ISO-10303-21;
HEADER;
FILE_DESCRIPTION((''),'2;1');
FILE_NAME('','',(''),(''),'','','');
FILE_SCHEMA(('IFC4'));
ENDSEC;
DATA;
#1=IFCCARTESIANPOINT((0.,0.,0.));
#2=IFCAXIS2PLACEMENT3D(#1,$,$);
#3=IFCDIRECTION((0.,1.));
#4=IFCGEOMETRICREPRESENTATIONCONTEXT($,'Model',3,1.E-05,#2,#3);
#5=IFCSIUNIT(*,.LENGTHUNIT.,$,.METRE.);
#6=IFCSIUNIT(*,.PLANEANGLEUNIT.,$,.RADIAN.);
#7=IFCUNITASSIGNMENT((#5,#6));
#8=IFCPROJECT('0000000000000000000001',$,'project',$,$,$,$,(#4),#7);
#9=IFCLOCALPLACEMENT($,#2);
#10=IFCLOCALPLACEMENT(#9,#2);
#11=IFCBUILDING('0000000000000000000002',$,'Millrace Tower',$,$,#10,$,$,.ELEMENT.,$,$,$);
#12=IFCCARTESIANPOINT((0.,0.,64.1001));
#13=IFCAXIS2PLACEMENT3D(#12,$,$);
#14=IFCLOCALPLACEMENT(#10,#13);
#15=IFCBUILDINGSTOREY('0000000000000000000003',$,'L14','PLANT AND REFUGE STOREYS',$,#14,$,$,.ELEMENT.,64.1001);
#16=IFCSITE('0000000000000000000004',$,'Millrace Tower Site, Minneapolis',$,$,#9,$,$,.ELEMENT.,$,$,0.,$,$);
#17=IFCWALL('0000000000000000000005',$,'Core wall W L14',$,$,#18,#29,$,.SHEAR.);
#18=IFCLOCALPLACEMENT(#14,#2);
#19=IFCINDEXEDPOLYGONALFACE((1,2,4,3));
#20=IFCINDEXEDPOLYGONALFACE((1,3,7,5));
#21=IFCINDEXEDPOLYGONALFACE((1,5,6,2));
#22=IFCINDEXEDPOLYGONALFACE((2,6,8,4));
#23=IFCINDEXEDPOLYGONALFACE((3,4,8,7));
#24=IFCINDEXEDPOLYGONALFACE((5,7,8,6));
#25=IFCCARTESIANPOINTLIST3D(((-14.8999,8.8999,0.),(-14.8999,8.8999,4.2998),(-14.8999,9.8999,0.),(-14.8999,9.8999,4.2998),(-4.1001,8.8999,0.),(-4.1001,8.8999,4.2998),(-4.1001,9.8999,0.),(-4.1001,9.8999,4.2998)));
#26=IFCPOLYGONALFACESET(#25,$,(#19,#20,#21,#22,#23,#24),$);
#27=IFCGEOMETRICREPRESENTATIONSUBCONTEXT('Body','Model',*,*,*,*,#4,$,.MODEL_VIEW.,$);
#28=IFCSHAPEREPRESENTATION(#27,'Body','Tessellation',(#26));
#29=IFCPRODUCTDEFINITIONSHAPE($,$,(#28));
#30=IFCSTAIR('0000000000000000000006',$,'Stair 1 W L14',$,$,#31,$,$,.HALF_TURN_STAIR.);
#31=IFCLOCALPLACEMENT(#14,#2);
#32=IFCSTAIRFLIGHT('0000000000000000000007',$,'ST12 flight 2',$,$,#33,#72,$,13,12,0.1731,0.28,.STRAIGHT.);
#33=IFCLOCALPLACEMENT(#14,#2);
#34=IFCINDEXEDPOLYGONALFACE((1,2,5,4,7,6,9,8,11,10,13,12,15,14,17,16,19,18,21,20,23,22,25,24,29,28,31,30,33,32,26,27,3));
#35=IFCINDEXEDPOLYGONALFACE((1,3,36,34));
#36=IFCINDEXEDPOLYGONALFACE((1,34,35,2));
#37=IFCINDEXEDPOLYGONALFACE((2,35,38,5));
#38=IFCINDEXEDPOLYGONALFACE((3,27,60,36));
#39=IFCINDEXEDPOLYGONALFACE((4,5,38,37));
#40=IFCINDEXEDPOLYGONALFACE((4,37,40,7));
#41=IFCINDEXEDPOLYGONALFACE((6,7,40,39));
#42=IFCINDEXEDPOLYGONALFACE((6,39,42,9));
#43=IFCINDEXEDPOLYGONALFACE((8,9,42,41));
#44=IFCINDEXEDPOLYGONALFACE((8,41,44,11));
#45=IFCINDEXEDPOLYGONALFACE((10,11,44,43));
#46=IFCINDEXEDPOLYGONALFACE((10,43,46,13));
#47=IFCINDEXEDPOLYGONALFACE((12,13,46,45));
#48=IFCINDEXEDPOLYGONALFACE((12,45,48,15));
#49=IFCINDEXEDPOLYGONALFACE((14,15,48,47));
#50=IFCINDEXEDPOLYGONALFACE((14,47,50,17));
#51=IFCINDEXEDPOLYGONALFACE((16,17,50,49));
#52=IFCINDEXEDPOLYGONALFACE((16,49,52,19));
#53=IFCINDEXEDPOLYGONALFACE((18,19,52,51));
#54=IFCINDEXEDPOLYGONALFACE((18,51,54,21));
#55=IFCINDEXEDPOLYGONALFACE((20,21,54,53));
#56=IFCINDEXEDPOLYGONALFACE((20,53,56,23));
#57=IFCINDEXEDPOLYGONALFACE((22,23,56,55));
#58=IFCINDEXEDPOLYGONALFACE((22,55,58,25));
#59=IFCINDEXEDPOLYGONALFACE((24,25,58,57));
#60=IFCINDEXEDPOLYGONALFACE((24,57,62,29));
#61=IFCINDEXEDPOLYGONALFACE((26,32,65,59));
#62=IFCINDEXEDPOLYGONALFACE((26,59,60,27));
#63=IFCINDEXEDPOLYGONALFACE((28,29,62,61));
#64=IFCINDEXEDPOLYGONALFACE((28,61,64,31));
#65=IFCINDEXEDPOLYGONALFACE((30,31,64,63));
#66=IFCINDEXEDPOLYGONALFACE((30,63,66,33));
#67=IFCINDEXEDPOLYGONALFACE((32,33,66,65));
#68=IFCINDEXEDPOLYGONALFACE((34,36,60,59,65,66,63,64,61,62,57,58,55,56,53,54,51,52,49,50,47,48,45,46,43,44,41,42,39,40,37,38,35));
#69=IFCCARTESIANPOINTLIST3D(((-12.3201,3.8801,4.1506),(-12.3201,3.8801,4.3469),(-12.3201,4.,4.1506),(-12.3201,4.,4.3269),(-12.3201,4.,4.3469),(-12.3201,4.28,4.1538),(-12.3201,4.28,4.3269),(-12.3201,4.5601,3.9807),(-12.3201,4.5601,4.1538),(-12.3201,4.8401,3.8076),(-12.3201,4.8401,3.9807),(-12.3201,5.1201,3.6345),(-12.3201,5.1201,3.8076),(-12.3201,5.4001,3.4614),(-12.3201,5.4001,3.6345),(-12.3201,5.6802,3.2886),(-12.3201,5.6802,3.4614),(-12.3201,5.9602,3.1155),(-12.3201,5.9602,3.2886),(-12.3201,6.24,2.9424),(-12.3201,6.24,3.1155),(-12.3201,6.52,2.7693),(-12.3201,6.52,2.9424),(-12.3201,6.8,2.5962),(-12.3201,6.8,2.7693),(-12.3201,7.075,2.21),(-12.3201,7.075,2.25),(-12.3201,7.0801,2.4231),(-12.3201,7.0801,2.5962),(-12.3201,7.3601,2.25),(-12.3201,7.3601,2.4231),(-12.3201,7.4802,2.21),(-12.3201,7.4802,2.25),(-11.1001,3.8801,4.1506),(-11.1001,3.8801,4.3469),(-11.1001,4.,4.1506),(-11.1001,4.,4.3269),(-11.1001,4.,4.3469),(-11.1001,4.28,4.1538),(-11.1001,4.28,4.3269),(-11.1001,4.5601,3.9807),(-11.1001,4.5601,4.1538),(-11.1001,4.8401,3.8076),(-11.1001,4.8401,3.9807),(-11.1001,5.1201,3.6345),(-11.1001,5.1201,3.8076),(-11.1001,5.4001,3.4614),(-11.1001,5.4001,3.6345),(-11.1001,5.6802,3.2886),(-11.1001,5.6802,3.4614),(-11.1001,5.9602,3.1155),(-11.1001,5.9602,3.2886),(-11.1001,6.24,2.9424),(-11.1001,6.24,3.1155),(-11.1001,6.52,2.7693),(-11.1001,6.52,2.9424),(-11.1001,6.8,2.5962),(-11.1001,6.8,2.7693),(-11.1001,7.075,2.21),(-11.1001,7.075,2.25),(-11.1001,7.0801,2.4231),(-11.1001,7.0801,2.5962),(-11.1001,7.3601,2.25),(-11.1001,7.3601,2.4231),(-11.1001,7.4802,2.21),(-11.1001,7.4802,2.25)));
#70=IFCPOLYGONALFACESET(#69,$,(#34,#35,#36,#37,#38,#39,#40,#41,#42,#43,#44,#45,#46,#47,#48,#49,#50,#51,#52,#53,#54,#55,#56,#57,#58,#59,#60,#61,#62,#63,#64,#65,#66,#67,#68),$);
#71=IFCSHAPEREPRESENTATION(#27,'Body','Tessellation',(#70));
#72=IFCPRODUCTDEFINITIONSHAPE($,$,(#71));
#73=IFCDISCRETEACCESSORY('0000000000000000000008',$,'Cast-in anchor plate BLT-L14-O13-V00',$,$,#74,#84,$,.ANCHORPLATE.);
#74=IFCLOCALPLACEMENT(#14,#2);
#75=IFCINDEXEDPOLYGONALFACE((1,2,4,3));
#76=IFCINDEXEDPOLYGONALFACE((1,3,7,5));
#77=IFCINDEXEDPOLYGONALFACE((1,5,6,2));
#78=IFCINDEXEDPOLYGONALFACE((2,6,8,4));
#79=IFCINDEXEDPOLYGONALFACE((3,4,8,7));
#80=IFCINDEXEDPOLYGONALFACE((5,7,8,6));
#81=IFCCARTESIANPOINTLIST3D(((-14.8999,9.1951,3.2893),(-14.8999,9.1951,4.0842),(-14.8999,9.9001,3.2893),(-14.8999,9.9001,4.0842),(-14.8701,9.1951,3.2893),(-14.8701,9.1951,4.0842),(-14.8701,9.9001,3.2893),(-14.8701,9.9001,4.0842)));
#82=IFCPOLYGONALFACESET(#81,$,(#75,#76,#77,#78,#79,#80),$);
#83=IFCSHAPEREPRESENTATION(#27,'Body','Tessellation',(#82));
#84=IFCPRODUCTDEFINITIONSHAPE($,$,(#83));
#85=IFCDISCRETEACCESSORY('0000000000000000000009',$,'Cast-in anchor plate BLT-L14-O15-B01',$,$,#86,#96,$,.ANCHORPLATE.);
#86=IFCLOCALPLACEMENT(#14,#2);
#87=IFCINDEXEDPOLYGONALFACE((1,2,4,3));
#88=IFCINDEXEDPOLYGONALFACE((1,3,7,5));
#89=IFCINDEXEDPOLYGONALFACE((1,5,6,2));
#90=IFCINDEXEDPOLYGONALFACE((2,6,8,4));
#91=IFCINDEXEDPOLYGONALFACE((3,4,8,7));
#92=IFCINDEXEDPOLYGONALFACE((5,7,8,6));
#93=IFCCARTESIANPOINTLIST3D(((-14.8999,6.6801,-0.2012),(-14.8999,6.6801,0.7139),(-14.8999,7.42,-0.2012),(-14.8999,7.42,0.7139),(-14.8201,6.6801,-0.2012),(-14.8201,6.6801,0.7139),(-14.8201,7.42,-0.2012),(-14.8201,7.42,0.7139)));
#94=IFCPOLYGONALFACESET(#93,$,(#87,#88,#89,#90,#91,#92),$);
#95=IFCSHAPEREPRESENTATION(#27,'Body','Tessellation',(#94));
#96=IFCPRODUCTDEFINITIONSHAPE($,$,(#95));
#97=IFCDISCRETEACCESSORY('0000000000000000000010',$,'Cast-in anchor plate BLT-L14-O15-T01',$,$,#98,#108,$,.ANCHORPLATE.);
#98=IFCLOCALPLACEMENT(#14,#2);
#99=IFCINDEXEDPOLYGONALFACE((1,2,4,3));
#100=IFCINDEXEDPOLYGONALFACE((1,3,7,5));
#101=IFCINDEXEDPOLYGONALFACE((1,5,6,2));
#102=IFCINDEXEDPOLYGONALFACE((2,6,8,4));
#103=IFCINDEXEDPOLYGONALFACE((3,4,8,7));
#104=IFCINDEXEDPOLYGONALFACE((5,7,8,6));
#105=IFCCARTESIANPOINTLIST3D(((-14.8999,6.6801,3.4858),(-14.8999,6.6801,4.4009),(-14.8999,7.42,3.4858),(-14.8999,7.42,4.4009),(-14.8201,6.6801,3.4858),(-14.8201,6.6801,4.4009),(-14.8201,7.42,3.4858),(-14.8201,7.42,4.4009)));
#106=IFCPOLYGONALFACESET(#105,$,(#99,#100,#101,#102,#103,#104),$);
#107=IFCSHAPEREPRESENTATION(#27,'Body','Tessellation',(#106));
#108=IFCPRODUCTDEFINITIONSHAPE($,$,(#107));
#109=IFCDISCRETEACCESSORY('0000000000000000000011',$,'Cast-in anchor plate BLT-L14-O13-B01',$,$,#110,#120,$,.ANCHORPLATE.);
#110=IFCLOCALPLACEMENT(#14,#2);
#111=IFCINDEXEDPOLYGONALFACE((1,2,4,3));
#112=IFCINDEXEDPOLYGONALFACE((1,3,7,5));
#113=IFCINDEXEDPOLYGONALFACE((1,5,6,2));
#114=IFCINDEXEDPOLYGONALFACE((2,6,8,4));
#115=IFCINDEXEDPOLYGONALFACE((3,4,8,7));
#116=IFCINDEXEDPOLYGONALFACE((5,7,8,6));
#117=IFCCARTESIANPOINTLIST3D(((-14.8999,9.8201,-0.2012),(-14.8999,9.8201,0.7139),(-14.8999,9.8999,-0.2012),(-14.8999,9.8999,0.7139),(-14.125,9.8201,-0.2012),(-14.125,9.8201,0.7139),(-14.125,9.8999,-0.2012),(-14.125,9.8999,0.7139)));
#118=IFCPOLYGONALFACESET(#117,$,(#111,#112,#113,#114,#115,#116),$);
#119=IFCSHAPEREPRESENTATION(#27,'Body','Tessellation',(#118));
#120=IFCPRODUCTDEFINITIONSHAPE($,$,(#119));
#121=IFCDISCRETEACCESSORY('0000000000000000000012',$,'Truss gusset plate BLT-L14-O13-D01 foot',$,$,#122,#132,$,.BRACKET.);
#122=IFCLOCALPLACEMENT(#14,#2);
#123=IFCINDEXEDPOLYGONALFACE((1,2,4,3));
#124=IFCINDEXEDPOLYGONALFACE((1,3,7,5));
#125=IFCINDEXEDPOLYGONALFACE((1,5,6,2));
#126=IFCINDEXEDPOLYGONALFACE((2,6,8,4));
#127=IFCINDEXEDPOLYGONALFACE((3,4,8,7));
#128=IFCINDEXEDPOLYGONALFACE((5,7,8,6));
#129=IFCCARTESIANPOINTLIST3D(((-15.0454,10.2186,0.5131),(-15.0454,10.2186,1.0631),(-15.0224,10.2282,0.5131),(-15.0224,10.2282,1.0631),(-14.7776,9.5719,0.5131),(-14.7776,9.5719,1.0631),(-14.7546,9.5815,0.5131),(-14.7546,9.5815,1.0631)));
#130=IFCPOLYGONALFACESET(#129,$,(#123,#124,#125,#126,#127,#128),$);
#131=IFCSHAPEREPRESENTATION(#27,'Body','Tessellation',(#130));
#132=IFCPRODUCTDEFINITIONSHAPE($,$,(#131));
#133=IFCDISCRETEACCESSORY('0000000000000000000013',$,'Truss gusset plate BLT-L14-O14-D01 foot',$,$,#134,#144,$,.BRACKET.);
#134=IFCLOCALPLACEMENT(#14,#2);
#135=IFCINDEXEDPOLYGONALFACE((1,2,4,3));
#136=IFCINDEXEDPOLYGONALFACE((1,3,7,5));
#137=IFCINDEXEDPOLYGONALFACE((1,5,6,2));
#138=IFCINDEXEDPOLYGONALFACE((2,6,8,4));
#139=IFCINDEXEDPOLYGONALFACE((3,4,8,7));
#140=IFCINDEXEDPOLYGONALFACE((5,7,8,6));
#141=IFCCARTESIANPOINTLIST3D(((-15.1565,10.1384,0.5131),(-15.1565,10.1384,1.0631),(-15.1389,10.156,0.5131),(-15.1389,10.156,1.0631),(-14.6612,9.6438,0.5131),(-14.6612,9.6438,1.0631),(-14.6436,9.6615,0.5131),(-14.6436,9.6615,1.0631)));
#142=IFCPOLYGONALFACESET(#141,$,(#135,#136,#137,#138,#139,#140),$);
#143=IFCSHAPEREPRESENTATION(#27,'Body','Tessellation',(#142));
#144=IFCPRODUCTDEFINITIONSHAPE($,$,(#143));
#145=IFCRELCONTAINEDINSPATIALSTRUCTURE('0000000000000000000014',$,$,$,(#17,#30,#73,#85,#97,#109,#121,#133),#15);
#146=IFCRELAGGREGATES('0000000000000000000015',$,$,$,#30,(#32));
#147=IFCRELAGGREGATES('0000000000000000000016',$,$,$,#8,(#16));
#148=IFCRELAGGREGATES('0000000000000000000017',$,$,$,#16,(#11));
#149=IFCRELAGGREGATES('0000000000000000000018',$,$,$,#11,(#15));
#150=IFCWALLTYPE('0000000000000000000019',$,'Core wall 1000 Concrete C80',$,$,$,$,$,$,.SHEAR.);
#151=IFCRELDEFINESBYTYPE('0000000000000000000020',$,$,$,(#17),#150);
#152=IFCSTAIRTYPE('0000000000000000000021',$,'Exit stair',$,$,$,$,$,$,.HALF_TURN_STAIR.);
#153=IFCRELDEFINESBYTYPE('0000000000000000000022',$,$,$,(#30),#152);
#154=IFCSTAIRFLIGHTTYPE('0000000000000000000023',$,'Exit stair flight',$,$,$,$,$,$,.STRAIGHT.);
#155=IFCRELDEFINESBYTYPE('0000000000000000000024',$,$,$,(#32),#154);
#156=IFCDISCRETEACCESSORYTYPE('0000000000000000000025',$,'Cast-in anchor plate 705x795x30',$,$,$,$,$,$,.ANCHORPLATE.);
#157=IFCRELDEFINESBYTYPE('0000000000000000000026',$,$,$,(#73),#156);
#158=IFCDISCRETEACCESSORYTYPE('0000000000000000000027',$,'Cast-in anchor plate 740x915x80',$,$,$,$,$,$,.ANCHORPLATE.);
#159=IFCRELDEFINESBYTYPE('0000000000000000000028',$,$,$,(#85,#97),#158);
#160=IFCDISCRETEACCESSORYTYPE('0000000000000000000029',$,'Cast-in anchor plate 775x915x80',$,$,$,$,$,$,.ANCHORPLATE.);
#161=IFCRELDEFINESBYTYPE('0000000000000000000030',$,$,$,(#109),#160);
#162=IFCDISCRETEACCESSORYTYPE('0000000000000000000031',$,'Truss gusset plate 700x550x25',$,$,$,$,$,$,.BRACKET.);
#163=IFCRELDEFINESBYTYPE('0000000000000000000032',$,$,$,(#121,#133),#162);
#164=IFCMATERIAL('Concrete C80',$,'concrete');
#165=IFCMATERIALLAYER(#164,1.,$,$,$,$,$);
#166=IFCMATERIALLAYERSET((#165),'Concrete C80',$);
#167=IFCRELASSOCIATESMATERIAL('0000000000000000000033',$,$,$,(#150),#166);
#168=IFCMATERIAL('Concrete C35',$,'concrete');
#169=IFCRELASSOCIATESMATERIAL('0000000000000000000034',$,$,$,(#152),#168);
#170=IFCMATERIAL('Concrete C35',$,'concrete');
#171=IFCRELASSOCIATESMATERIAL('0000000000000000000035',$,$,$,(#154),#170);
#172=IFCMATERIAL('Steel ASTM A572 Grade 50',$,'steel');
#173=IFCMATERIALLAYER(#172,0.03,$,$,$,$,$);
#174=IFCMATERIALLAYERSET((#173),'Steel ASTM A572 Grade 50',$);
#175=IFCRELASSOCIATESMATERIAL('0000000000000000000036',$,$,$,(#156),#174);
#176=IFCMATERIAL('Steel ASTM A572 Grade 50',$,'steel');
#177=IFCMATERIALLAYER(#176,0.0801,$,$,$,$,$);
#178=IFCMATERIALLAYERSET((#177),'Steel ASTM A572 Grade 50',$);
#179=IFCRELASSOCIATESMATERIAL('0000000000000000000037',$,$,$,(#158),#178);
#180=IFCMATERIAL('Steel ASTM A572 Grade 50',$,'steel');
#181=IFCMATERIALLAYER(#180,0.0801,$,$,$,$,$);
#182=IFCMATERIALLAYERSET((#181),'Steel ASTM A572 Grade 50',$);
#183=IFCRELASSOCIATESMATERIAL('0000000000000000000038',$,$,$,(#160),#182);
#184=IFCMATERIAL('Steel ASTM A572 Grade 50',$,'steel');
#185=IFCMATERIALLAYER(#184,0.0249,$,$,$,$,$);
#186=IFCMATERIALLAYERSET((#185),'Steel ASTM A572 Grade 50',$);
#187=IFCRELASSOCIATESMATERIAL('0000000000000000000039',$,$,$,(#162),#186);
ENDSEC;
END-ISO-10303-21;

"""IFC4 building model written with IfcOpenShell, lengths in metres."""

from ifc_helpers import new_model, si_unit, direction, frame, frame_2d, origin, origin_2d, place, context, subcontext, project, spatial, polyline, rectangle, outline, extrude, material, layer, layer_set, type_object, element, aggregate, save


model = new_model("IFC4")

# Units and contexts
model_context = context("Model", 3, precision=1e-05, world=origin(), true_north=direction((0.0, 1.0)))
body_context = subcontext(model_context, "Body", "Model", "MODEL_VIEW")
ifc_project = project(units=[si_unit("LENGTHUNIT", "METRE"), si_unit("PLANEANGLEUNIT", "RADIAN")], contexts=[model_context])

# Site, building, storey
site_placement = place(None, origin())
site = spatial("IfcSite", under=ifc_project, at=site_placement, Name="Millrace Tower Site, Minneapolis", CompositionType="ELEMENT", RefElevation=0.0)
building_placement = place(site_placement, origin())
building = spatial("IfcBuilding", under=site, at=building_placement, Name="Millrace Tower", CompositionType="ELEMENT")
storey_placement = place(building_placement, frame((0.0, 0.0, 64.1001)))
storey = spatial("IfcBuildingStorey", under=building, at=storey_placement, Name="L14", Description="PLANT AND REFUGE STOREYS", CompositionType="ELEMENT", Elevation=64.1001)

# Wall
ifc_material_1 = material(Name="Concrete C80", Category="concrete")
ifc_layer_1 = layer(ifc_material_1, 1.0)
ifc_layer_set_1 = layer_set([ifc_layer_1], Name="Concrete C80")
wall_type = type_object("IfcWallType", Name="Core wall 1000 Concrete C80", PredefinedType="SHEAR", material=ifc_layer_set_1)
wall_placement = place(storey_placement, frame((-14.8999, 9.3999, 0.0), z_axis=(0.0, 0.0, 1.0), x_axis=(1.0, 0.0, 0.0)))
element("IfcWall", 1, at=wall_placement, inside=storey, type_object=wall_type, Name="Core wall W L14", PredefinedType="SHEAR", context=body_context, shape_type="SweptSolid", body=[
    extrude(rectangle(XDim=10.7998, YDim=1.0, at=frame_2d((5.3999, 0.0))), origin(), (0.0, 0.0, 1.0), 4.2998),
])

# Stair, stair flight
ifc_material_2 = material(Name="Concrete C35", Category="concrete")
stair_type = type_object("IfcStairType", Name="Exit stair", PredefinedType="HALF_TURN_STAIR", material=ifc_material_2)
stair_placement = place(storey_placement, origin())
stair = element("IfcStair", 2, at=stair_placement, inside=storey, type_object=stair_type, Name="Stair 1 W L14", PredefinedType="HALF_TURN_STAIR")
ifc_material_3 = material(Name="Concrete C35", Category="concrete")
stair_flight_type = type_object("IfcStairFlightType", Name="Exit stair flight", PredefinedType="STRAIGHT", material=ifc_material_3)
stair_flight_placement = place(storey_placement, frame((-11.71, 7.3601, 2.25), z_axis=(0.0, 0.0, 1.0), x_axis=(0.0, -1.0, 0.0)))
stair_flight = element("IfcStairFlight", 3, at=stair_flight_placement, type_object=stair_flight_type, Name="ST12 flight 2", NumberOfRisers=13, NumberOfTreads=12, PredefinedType="STRAIGHT", RiserHeight=0.1731, TreadLength=0.28, context=body_context, shape_type="SweptSolid", body=[
    extrude(outline(polyline([(-0.1201, -0.04), (-0.1201, 0.0), (0.0, 0.0), (0.0, 0.1731), (0.28, 0.1731), (0.28, 0.3462), (0.5601, 0.3462), (0.5601, 0.5193), (0.8401, 0.5193), (0.8401, 0.6924), (1.1201, 0.6924), (1.1201, 0.8655), (1.3999, 0.8655), (1.3999, 1.0386), (1.6799, 1.0386), (1.6799, 1.2114), (1.96, 1.2114), (1.96, 1.3845), (2.24, 1.3845), (2.24, 1.5576), (2.52, 1.5576), (2.52, 1.7307), (2.8, 1.7307), (2.8, 1.9038), (3.0801, 1.9038), (3.0801, 2.0769), (3.3601, 2.0769), (3.3601, 2.0969), (3.48, 2.0969), (3.48, 1.9006), (3.3601, 1.9006), (0.2852, 0.0), (0.2852, -0.04), (-0.1201, -0.04)])), frame((0.0, 0.6099, 0.0), z_axis=(0.0, -1.0, 0.0), x_axis=(1.0, 0.0, 0.0)), (0.0, 0.0, 1.0), 1.22),
])
aggregate(stair, [stair_flight])

# Discrete accessories
ifc_material_4 = material(Name="Steel ASTM A572 Grade 50", Category="steel")
ifc_layer_2 = layer(ifc_material_4, 0.03)
ifc_layer_set_2 = layer_set([ifc_layer_2], Name="Steel ASTM A572 Grade 50")
discrete_accessory_type_1 = type_object("IfcDiscreteAccessoryType", Name="Cast-in anchor plate 705x795x30", PredefinedType="ANCHORPLATE", material=ifc_layer_set_2)
discrete_accessory_1_placement = place(storey_placement, frame((-14.8701, 9.5476, 3.6868), z_axis=(-1.0, 0.0, 0.0), x_axis=(0.0, -1.0, 0.0)))
element("IfcDiscreteAccessory", 4, at=discrete_accessory_1_placement, inside=storey, type_object=discrete_accessory_type_1, Name="Cast-in anchor plate BLT-L14-O13-V00", PredefinedType="ANCHORPLATE", context=body_context, shape_type="SweptSolid", body=[
    extrude(rectangle(XDim=0.7051, YDim=0.7949, at=origin_2d()), origin(), (0.0, 0.0, 1.0), 0.0298),
])
ifc_material_5 = material(Name="Steel ASTM A572 Grade 50", Category="steel")
ifc_layer_3 = layer(ifc_material_5, 0.0801)
ifc_layer_set_3 = layer_set([ifc_layer_3], Name="Steel ASTM A572 Grade 50")
discrete_accessory_type_2 = type_object("IfcDiscreteAccessoryType", Name="Cast-in anchor plate 740x915x80", PredefinedType="ANCHORPLATE", material=ifc_layer_set_3)
for number, where, z_axis, x_axis, name in (
    (5, (-14.8201, 7.05, 0.2563), (-1.0, 0.0, 0.0), (0.0, -1.0, 0.0), "Cast-in anchor plate BLT-L14-O15-B01"),
    (6, (-14.8201, 7.05, 3.9434), (-1.0, 0.0, 0.0), (0.0, -1.0, 0.0), "Cast-in anchor plate BLT-L14-O15-T01"),
):
    element("IfcDiscreteAccessory", number, at=place(storey_placement, frame(where, z_axis=z_axis, x_axis=x_axis)), inside=storey, type_object=discrete_accessory_type_2, Name=name, PredefinedType="ANCHORPLATE", context=body_context, shape_type="SweptSolid", body=[
        extrude(rectangle(XDim=0.74, YDim=0.915, at=origin_2d()), origin(), (0.0, 0.0, 1.0), 0.0798),
    ])
ifc_material_6 = material(Name="Steel ASTM A572 Grade 50", Category="steel")
ifc_layer_4 = layer(ifc_material_6, 0.0801)
ifc_layer_set_4 = layer_set([ifc_layer_4], Name="Steel ASTM A572 Grade 50")
discrete_accessory_type_3 = type_object("IfcDiscreteAccessoryType", Name="Cast-in anchor plate 775x915x80", PredefinedType="ANCHORPLATE", material=ifc_layer_set_4)
discrete_accessory_2_placement = place(storey_placement, frame((-14.5125, 9.8201, 0.2563), z_axis=(0.0, 1.0, 0.0), x_axis=(-1.0, 0.0, 0.0)))
element("IfcDiscreteAccessory", 7, at=discrete_accessory_2_placement, inside=storey, type_object=discrete_accessory_type_3, Name="Cast-in anchor plate BLT-L14-O13-B01", PredefinedType="ANCHORPLATE", context=body_context, shape_type="SweptSolid", body=[
    extrude(rectangle(XDim=0.7749, YDim=0.915, at=origin_2d()), origin(), (0.0, 0.0, 1.0), 0.0798),
])
ifc_material_7 = material(Name="Steel ASTM A572 Grade 50", Category="steel")
ifc_layer_5 = layer(ifc_material_7, 0.0249)
ifc_layer_set_5 = layer_set([ifc_layer_5], Name="Steel ASTM A572 Grade 50")
discrete_accessory_type_4 = type_object("IfcDiscreteAccessoryType", Name="Truss gusset plate 700x550x25", PredefinedType="BRACKET", material=ifc_layer_set_5)
for number, where, z_axis, x_axis, name in (
    (8, (-15.0339, 10.2234, 0.7881), (0.382608, -0.923911, 0.0), (0.923911, 0.382608, 0.0), "Truss gusset plate BLT-L14-O13-D01 foot"),
    (9, (-15.1477, 10.1472, 0.7881), (0.70763, -0.706583, 0.0), (0.706583, 0.70763, 0.0), "Truss gusset plate BLT-L14-O14-D01 foot"),
):
    element("IfcDiscreteAccessory", number, at=place(storey_placement, frame(where, z_axis=z_axis, x_axis=x_axis)), inside=storey, type_object=discrete_accessory_type_4, Name=name, PredefinedType="BRACKET", context=body_context, shape_type="SweptSolid", body=[
        extrude(rectangle(XDim=0.0249, YDim=0.55, at=origin_2d()), origin(), (0.0, 0.0, 1.0), 0.7),
    ])

save(model, "model.ifc")
